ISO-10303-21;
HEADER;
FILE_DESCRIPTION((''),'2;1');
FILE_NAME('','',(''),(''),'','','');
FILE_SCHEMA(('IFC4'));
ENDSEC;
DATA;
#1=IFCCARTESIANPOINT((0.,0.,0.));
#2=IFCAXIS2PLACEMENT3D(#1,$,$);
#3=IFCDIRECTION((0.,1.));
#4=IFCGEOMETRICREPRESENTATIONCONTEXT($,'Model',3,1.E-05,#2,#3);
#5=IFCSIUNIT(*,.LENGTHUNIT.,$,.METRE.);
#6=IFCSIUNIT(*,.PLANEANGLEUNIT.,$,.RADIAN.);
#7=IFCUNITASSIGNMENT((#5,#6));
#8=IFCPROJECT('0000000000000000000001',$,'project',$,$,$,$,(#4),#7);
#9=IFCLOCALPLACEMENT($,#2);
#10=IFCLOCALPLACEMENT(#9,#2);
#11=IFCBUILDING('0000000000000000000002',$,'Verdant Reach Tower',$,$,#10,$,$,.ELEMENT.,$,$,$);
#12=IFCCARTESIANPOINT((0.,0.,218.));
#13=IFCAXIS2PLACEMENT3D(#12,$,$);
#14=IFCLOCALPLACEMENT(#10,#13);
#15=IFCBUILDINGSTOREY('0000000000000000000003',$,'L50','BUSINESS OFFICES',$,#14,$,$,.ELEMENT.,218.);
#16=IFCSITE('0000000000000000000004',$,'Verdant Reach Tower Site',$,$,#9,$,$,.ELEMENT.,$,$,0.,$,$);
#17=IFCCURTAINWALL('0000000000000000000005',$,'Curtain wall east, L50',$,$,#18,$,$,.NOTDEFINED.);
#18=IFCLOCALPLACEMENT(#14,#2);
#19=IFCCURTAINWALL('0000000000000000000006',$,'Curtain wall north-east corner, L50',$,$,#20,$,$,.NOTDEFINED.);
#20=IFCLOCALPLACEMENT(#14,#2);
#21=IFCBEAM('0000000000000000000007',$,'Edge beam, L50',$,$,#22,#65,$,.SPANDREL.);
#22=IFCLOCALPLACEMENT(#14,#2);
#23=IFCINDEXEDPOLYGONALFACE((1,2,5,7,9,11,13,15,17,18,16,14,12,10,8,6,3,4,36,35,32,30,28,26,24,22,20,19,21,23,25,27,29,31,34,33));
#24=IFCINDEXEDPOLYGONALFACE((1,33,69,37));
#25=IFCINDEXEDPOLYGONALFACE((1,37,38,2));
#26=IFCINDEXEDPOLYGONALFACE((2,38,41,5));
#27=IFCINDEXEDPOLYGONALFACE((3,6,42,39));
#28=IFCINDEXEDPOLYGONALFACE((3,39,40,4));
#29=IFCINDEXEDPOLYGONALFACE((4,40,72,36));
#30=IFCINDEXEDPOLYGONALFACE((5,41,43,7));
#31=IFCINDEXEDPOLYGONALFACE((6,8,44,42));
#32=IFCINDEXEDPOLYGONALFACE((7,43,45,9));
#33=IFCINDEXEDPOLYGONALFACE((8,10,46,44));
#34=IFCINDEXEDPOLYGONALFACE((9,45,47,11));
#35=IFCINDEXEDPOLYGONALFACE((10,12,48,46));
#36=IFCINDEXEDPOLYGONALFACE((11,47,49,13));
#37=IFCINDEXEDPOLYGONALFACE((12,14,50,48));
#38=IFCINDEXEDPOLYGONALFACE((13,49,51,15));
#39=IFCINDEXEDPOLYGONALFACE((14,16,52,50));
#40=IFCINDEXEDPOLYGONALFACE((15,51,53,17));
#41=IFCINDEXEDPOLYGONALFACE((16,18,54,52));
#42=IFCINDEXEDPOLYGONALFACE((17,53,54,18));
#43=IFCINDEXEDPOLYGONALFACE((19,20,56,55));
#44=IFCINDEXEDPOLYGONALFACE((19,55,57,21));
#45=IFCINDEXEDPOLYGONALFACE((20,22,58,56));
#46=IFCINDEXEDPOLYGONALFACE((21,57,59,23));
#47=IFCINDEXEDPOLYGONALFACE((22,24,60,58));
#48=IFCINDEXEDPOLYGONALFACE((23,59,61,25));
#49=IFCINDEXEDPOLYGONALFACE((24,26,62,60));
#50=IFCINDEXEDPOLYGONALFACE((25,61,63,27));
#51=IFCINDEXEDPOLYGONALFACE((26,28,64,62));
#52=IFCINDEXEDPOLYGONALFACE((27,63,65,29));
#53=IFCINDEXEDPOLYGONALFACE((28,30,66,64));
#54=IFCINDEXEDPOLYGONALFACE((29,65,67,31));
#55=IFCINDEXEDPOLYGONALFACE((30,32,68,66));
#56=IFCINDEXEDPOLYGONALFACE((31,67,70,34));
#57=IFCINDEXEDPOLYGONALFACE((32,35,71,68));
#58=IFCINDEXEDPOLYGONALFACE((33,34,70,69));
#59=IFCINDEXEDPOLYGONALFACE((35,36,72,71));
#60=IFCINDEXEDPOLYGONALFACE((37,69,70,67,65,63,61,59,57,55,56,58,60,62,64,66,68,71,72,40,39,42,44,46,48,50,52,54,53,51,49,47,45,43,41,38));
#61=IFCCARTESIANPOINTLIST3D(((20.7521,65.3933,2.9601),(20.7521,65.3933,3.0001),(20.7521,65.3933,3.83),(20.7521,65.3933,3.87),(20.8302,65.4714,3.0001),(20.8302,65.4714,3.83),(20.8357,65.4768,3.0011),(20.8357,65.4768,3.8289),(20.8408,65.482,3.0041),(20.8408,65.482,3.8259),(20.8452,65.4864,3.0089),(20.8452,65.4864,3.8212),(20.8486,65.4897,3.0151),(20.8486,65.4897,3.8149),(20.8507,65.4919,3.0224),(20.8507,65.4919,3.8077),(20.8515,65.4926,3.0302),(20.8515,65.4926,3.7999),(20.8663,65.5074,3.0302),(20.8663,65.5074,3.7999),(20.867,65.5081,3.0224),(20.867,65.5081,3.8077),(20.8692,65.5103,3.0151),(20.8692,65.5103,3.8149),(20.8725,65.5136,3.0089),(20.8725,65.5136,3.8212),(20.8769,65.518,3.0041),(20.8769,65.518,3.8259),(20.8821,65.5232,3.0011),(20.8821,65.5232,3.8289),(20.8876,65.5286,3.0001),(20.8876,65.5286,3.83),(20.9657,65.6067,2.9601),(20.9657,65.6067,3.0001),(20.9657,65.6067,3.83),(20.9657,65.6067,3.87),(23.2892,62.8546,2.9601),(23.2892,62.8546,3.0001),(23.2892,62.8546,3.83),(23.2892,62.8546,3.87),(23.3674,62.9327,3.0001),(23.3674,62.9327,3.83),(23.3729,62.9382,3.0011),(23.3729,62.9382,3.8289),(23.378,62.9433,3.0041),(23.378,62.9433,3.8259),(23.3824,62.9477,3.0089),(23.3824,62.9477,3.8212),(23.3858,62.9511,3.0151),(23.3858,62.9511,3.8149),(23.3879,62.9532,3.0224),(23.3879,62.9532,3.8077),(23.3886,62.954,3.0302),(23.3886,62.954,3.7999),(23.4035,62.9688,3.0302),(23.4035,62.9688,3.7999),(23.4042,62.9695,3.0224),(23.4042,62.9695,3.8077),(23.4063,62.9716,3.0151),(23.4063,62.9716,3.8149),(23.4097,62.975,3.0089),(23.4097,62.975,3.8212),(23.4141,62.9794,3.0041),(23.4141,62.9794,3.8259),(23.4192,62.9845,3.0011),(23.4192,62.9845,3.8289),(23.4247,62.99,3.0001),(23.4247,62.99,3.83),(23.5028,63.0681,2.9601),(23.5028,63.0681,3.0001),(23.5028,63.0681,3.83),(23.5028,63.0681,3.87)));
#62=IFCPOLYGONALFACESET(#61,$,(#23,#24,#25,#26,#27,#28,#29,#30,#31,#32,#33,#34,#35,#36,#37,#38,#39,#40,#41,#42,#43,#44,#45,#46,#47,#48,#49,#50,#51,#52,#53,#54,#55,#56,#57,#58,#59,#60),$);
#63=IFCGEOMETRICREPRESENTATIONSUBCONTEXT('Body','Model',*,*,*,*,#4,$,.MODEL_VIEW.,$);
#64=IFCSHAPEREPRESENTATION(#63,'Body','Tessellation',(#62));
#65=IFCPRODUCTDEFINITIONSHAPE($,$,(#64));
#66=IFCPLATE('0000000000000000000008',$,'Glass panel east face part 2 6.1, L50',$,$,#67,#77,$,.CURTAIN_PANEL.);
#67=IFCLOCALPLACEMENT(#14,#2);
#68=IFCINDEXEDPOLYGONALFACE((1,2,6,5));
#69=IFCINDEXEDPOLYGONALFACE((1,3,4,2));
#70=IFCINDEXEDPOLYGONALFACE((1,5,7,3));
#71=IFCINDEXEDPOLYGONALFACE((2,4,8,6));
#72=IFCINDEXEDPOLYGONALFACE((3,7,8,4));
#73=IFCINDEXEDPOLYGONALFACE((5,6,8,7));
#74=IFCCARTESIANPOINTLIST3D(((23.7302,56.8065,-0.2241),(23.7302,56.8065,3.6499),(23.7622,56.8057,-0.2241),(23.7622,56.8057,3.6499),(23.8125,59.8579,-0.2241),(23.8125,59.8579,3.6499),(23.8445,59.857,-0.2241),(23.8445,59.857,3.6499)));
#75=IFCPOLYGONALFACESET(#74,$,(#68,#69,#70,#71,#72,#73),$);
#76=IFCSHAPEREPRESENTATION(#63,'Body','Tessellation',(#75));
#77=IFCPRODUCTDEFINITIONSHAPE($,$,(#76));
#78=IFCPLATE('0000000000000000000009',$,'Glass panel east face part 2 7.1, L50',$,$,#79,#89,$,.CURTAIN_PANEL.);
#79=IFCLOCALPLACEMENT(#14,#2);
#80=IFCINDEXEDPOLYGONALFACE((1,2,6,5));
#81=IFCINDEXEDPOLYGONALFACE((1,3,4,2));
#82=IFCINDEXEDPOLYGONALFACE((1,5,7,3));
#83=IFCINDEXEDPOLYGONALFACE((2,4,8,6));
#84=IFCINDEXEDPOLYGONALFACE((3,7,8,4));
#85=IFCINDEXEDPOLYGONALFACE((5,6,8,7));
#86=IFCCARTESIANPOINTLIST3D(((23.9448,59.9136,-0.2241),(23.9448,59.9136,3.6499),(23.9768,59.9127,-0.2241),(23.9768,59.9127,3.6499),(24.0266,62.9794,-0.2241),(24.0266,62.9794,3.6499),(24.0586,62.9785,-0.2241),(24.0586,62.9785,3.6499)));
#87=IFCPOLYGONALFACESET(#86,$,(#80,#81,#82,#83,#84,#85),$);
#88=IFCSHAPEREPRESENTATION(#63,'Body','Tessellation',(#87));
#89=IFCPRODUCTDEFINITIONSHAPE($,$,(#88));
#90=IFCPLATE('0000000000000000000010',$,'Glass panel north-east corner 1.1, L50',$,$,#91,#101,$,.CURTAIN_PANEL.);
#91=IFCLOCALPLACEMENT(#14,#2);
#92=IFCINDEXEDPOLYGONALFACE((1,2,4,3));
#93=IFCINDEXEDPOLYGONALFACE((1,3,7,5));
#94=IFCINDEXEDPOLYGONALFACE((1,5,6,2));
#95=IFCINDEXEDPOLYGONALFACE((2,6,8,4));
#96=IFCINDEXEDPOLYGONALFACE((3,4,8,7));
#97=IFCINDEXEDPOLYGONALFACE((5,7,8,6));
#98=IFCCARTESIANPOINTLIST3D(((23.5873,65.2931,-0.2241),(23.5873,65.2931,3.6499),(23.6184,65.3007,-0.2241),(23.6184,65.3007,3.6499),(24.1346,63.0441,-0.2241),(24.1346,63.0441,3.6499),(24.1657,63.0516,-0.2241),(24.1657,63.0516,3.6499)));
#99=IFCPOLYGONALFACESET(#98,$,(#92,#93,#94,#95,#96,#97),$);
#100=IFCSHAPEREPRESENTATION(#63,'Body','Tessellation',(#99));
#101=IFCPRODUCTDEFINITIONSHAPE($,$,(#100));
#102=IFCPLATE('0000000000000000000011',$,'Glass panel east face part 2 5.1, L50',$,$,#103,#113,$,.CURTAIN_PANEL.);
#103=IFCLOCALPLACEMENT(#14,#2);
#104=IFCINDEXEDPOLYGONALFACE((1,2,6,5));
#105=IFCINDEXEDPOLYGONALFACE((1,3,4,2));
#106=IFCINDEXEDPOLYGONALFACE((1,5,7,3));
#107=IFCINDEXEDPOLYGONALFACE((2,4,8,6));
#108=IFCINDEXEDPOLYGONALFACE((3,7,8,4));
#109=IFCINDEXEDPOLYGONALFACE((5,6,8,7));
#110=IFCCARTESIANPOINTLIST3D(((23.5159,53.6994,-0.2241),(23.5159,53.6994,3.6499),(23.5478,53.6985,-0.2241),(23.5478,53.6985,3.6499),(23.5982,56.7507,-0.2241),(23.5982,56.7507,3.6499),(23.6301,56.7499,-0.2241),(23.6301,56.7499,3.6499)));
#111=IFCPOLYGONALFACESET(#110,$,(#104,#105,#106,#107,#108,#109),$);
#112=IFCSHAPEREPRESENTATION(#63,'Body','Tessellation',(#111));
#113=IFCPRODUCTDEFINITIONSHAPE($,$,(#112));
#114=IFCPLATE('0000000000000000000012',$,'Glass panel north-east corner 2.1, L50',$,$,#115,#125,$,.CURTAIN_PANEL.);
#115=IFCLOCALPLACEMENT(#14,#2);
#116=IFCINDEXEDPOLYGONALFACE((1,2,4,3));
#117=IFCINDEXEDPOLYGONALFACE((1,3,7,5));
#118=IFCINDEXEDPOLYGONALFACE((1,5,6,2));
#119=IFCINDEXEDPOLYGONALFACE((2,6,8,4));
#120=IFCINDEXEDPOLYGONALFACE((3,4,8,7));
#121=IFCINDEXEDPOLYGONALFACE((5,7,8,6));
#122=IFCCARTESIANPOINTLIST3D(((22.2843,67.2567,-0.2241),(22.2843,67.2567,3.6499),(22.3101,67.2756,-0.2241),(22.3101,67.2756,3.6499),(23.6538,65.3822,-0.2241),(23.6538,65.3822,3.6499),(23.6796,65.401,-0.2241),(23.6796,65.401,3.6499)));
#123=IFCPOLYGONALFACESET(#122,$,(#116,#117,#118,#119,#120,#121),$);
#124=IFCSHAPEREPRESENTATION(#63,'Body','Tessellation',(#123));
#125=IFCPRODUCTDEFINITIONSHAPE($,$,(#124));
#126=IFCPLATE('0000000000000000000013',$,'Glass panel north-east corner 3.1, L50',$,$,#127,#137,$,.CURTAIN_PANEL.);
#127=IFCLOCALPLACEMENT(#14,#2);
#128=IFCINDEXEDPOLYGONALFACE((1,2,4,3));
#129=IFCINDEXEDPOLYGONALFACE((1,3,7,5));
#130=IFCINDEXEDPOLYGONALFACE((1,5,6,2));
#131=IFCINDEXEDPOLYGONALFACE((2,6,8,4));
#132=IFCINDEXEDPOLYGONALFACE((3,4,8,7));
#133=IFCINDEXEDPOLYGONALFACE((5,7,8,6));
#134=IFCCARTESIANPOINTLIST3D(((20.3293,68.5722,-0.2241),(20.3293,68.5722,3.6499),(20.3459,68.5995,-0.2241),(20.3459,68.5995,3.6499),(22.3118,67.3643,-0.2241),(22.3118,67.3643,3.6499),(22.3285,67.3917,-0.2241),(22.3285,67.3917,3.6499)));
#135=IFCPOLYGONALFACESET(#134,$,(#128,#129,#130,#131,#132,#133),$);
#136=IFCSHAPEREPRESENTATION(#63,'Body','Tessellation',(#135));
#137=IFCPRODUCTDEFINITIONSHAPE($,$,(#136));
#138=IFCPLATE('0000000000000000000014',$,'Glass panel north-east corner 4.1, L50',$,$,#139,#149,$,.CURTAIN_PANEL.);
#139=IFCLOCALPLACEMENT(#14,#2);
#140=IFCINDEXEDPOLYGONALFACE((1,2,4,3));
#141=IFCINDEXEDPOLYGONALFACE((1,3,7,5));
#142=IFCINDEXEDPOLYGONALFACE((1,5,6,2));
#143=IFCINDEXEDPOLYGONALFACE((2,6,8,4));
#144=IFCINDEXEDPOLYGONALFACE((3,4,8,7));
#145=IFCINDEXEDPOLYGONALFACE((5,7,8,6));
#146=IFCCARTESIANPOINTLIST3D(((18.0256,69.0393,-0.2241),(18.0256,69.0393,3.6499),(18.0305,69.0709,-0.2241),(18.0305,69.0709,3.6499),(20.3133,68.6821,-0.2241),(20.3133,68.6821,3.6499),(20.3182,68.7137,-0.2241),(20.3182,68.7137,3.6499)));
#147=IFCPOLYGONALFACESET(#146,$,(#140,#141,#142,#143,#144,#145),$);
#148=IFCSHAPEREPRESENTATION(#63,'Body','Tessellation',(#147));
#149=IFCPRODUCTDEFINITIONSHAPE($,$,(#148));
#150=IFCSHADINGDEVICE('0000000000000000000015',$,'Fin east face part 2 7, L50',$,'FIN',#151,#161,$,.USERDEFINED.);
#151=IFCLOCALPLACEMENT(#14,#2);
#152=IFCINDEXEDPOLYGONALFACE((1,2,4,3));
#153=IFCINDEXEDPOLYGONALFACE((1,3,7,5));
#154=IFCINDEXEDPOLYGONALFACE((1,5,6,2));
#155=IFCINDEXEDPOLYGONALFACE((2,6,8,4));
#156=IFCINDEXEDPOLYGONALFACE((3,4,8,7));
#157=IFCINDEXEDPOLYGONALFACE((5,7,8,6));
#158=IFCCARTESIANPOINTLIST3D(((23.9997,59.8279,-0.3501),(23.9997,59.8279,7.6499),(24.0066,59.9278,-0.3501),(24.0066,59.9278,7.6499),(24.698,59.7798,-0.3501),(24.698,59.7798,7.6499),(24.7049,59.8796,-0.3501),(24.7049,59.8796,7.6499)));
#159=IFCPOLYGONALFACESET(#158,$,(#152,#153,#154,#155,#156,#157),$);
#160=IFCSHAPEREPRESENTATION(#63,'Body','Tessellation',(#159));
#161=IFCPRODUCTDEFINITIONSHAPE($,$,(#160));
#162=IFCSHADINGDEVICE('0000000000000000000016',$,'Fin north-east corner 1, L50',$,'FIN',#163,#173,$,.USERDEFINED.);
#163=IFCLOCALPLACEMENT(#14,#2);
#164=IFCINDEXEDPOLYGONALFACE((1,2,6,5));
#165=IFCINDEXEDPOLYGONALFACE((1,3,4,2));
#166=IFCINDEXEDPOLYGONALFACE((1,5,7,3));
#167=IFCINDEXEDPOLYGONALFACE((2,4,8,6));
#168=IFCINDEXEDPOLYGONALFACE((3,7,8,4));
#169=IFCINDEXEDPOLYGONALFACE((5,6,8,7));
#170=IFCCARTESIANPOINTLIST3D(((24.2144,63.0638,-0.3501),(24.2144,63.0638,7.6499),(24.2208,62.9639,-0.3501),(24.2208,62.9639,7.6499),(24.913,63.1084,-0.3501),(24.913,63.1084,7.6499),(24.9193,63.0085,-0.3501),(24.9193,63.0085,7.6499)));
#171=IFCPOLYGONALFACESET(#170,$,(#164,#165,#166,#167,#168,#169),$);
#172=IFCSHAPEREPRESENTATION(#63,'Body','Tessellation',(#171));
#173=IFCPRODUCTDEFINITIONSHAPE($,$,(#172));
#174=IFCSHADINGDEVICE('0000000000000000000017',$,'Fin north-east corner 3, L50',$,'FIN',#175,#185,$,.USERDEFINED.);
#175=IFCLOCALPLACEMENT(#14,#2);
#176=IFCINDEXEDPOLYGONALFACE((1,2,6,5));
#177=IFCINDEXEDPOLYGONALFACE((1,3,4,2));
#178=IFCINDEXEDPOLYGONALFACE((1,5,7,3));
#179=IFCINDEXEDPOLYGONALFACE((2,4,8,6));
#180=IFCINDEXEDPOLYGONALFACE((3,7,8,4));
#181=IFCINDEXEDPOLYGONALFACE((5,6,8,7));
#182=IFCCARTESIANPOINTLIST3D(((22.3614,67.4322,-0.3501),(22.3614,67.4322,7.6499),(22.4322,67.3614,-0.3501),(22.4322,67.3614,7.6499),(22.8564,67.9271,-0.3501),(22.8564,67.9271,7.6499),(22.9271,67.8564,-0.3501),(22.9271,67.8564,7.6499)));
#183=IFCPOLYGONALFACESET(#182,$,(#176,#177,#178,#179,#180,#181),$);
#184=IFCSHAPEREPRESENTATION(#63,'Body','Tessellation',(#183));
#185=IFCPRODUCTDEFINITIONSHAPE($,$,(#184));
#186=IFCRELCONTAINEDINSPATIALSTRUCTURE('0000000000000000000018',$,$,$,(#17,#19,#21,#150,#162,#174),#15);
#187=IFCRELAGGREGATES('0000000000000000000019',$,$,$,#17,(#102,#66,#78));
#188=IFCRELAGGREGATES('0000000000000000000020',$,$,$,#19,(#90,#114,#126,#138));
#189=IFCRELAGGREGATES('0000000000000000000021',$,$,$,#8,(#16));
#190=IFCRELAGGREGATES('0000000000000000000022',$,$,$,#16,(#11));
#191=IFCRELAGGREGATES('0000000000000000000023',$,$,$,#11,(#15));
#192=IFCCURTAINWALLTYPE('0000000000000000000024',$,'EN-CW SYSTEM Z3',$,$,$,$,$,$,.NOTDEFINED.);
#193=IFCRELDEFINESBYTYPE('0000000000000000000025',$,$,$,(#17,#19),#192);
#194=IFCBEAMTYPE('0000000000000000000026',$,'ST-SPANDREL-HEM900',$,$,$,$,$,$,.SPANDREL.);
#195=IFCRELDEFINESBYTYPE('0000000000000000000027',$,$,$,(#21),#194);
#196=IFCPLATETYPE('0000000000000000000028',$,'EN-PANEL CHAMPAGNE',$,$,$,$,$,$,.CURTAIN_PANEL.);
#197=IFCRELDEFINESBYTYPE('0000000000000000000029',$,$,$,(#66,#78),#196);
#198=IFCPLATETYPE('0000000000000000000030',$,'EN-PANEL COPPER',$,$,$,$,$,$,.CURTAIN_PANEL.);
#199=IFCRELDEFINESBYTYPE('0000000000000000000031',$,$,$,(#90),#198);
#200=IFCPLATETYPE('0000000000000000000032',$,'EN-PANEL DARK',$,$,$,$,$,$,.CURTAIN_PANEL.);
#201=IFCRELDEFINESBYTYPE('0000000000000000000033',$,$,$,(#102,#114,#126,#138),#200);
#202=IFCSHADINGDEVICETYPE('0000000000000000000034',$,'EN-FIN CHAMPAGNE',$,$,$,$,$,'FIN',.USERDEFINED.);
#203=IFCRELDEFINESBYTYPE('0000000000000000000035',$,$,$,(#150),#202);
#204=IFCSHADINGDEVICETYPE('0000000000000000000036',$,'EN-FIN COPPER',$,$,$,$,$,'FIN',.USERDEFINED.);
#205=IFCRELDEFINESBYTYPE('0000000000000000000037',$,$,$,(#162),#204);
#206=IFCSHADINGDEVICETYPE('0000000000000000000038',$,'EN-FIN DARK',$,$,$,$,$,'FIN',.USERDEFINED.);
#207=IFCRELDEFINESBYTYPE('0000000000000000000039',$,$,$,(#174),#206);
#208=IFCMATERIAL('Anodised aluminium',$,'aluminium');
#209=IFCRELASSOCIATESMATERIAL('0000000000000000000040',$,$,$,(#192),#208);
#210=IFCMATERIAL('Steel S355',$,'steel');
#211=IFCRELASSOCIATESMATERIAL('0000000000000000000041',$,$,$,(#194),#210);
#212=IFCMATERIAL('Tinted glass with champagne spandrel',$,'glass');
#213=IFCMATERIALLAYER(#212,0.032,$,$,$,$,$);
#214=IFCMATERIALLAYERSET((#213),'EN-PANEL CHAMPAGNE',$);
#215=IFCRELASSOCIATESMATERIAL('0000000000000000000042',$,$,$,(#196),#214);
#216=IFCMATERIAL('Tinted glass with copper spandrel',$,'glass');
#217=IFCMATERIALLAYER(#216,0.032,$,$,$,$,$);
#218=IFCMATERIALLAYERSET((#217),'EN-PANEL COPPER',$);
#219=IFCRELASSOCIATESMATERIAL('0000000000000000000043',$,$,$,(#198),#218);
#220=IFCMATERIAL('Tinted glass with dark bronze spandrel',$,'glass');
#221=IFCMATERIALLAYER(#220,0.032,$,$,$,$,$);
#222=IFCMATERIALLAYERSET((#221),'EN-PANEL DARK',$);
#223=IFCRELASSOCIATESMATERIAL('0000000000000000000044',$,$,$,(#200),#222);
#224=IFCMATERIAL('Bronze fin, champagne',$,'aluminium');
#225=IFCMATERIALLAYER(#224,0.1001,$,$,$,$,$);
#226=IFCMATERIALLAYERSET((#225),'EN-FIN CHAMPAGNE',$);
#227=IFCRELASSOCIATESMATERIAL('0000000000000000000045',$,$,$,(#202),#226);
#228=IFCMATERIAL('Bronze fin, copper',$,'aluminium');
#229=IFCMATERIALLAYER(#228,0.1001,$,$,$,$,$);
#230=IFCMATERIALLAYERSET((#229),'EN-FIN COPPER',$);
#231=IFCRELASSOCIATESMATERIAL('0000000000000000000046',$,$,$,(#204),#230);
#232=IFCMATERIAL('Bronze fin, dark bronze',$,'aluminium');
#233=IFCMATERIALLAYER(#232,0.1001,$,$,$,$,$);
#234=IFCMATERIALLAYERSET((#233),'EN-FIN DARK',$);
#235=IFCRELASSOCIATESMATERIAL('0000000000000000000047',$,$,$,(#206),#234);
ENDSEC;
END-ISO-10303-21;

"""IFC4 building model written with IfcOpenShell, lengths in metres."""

from ifc_helpers import new_model, si_unit, direction, frame, origin, origin_2d, place, context, subcontext, project, spatial, rectangle, i_section, extrude, material, layer, layer_set, material_profile, profile_set, type_object, element, aggregate, save


model = new_model("IFC4")

# Units and contexts
model_context = context("Model", 3, precision=1e-05, world=origin(), true_north=direction((0.0, 1.0)))
body_context = subcontext(model_context, "Body", "Model", "MODEL_VIEW")
ifc_project = project(units=[si_unit("LENGTHUNIT", "METRE"), si_unit("PLANEANGLEUNIT", "RADIAN")], contexts=[model_context])

# Site, building, storey
site_placement = place(None, origin())
site = spatial("IfcSite", under=ifc_project, at=site_placement, Name="Verdant Reach Tower Site", CompositionType="ELEMENT", RefElevation=0.0)
building_placement = place(site_placement, origin())
building = spatial("IfcBuilding", under=site, at=building_placement, Name="Verdant Reach Tower", CompositionType="ELEMENT")
storey_placement = place(building_placement, frame((0.0, 0.0, 218.0)))
storey = spatial("IfcBuildingStorey", under=building, at=storey_placement, Name="L50", Description="BUSINESS OFFICES", CompositionType="ELEMENT", Elevation=218.0)

# Curtain walls
ifc_material_1 = material(Name="Anodised aluminium", Category="aluminium")
curtain_wall_type = type_object("IfcCurtainWallType", Name="EN-CW SYSTEM Z3", PredefinedType="NOTDEFINED", material=ifc_material_1)
curtain_wall_1_placement = place(storey_placement, origin())
curtain_wall_1 = element("IfcCurtainWall", 1, at=curtain_wall_1_placement, inside=storey, type_object=curtain_wall_type, Name="Curtain wall east, L50", PredefinedType="NOTDEFINED")
curtain_wall_2_placement = place(storey_placement, origin())
curtain_wall_2 = element("IfcCurtainWall", 2, at=curtain_wall_2_placement, inside=storey, type_object=curtain_wall_type, Name="Curtain wall north-east corner, L50", PredefinedType="NOTDEFINED")

# Beam
ifc_material_2 = material(Name="Steel S355", Category="steel")
ifc_material_profile_1 = material_profile(ifc_material_2, i_section(OverallWidth=0.302, OverallDepth=0.9099, WebThickness=0.021, FlangeThickness=0.04, FilletRadius=0.03, at=origin_2d()), Name="HEM 900")
ifc_profile_set_1 = profile_set([ifc_material_profile_1], Name="Steel S355")
beam_type_1 = type_object("IfcBeamType", Name="ST-SPANDREL-HEM900", PredefinedType="SPANDREL", material=ifc_profile_set_1)
beam_1_placement = place(storey_placement, frame((20.8589, 65.5, 3.415), z_axis=(0.706903, -0.707311, 0.0), x_axis=(0.707311, 0.706903, 0.0)))
element("IfcBeam", 3, at=beam_1_placement, inside=storey, type_object=beam_type_1, Name="Edge beam, L50", PredefinedType="SPANDREL", context=body_context, shape_type="SweptSolid", body=[
    extrude(i_section(OverallWidth=0.302, OverallDepth=0.9099, WebThickness=0.021, FlangeThickness=0.04, FilletRadius=0.03, at=origin_2d()), origin(), (0.0, 0.0, 1.0), 3.5891),
])

# Plates
ifc_material_3 = material(Name="Tinted glass with champagne spandrel", Category="glass")
ifc_layer_1 = layer(ifc_material_3, 0.032)
ifc_layer_set_1 = layer_set([ifc_layer_1], Name="EN-PANEL CHAMPAGNE")
plate_type_1 = type_object("IfcPlateType", Name="EN-PANEL CHAMPAGNE", PredefinedType="CURTAIN_PANEL", material=ifc_layer_set_1)
plate_1_placement = place(storey_placement, frame((23.7874, 58.3318, -0.2241), z_axis=(0.0, 0.0, 1.0), x_axis=(0.026965, 0.999636, 0.0)))
plate_1 = element("IfcPlate", 4, at=plate_1_placement, type_object=plate_type_1, Name="Glass panel east face part 2 6.1, L50", PredefinedType="CURTAIN_PANEL", context=body_context, shape_type="SweptSolid", body=[
    extrude(rectangle(XDim=3.0525, YDim=0.032, at=origin_2d()), origin(), (0.0, 0.0, 1.0), 3.874),
])
plate_2_placement = place(storey_placement, frame((24.0017, 61.446, -0.2241), z_axis=(0.0, 0.0, 1.0), x_axis=(0.02666, 0.999645, 0.0)))
plate_2 = element("IfcPlate", 5, at=plate_2_placement, type_object=plate_type_1, Name="Glass panel east face part 2 7.1, L50", PredefinedType="CURTAIN_PANEL", context=body_context, shape_type="SweptSolid", body=[
    extrude(rectangle(XDim=3.0669, YDim=0.032, at=origin_2d()), origin(), (0.0, 0.0, 1.0), 3.874),
])
ifc_material_4 = material(Name="Tinted glass with copper spandrel", Category="glass")
ifc_layer_2 = layer(ifc_material_4, 0.032)
ifc_layer_set_2 = layer_set([ifc_layer_2], Name="EN-PANEL COPPER")
plate_type_2 = type_object("IfcPlateType", Name="EN-PANEL COPPER", PredefinedType="CURTAIN_PANEL", material=ifc_layer_set_2)
plate_3_placement = place(storey_placement, frame((23.8765, 64.1724, -0.2241), z_axis=(0.0, 0.0, 1.0), x_axis=(-0.236446, 0.971645, 0.0)))
plate_3 = element("IfcPlate", 6, at=plate_3_placement, type_object=plate_type_2, Name="Glass panel north-east corner 1.1, L50", PredefinedType="CURTAIN_PANEL", context=body_context, shape_type="SweptSolid", body=[
    extrude(rectangle(XDim=2.3147, YDim=0.032, at=origin_2d()), origin(), (0.0, 0.0, 1.0), 3.874),
])
ifc_material_5 = material(Name="Tinted glass with dark bronze spandrel", Category="glass")
ifc_layer_3 = layer(ifc_material_5, 0.032)
ifc_layer_set_3 = layer_set([ifc_layer_3], Name="EN-PANEL DARK")
plate_type_3 = type_object("IfcPlateType", Name="EN-PANEL DARK", PredefinedType="CURTAIN_PANEL", material=ifc_layer_set_3)
plate_4_placement = place(storey_placement, frame((23.573, 55.2246, -0.2241), z_axis=(0.0, 0.0, 1.0), x_axis=(0.026965, 0.999636, 0.0)))
plate_4 = element("IfcPlate", 7, at=plate_4_placement, type_object=plate_type_3, Name="Glass panel east face part 2 5.1, L50", PredefinedType="CURTAIN_PANEL", context=body_context, shape_type="SweptSolid", body=[
    extrude(rectangle(XDim=3.0525, YDim=0.032, at=origin_2d()), origin(), (0.0, 0.0, 1.0), 3.874),
])
aggregate(curtain_wall_1, [plate_4, plate_1, plate_2])
plate_5_placement = place(storey_placement, frame((22.9819, 66.3289, -0.2241), z_axis=(0.0, 0.0, 1.0), x_axis=(-0.589927, 0.807457, 0.0)))
plate_5 = element("IfcPlate", 8, at=plate_5_placement, type_object=plate_type_3, Name="Glass panel north-east corner 2.1, L50", PredefinedType="CURTAIN_PANEL", context=body_context, shape_type="SweptSolid", body=[
    extrude(rectangle(XDim=2.3215, YDim=0.032, at=origin_2d()), origin(), (0.0, 0.0, 1.0), 3.874),
])
plate_6_placement = place(storey_placement, frame((21.3289, 67.9819, -0.2241), z_axis=(0.0, 0.0, 1.0), x_axis=(-0.853989, 0.520292, 0.0)))
plate_6 = element("IfcPlate", 9, at=plate_6_placement, type_object=plate_type_3, Name="Glass panel north-east corner 3.1, L50", PredefinedType="CURTAIN_PANEL", context=body_context, shape_type="SweptSolid", body=[
    extrude(rectangle(XDim=2.3215, YDim=0.032, at=origin_2d()), origin(), (0.0, 0.0, 1.0), 3.874),
])
plate_7_placement = place(storey_placement, frame((19.1719, 68.8765, -0.2241), z_axis=(0.0, 0.0, 1.0), x_axis=(-0.988029, 0.154268, 0.0)))
plate_7 = element("IfcPlate", 10, at=plate_7_placement, type_object=plate_type_3, Name="Glass panel north-east corner 4.1, L50", PredefinedType="CURTAIN_PANEL", context=body_context, shape_type="SweptSolid", body=[
    extrude(rectangle(XDim=2.3154, YDim=0.032, at=origin_2d()), origin(), (0.0, 0.0, 1.0), 3.874),
])
aggregate(curtain_wall_2, [plate_3, plate_5, plate_6, plate_7])

# Shading devices
ifc_material_6 = material(Name="Bronze fin, champagne", Category="aluminium")
ifc_layer_4 = layer(ifc_material_6, 0.1001)
ifc_layer_set_4 = layer_set([ifc_layer_4], Name="EN-FIN CHAMPAGNE")
shading_device_type_1 = type_object("IfcShadingDeviceType", Name="EN-FIN CHAMPAGNE", ElementType="FIN", PredefinedType="USERDEFINED", material=ifc_layer_set_4)
shading_device_1_placement = place(storey_placement, frame((24.3523, 59.8538, -0.3501), z_axis=(0.0, 0.0, 1.0), x_axis=(0.068802, 0.99763, 0.0)))
element("IfcShadingDevice", 11, at=shading_device_1_placement, inside=storey, type_object=shading_device_type_1, Name="Fin east face part 2 7, L50", ObjectType="FIN", PredefinedType="USERDEFINED", context=body_context, shape_type="SweptSolid", body=[
    extrude(rectangle(XDim=0.1001, YDim=0.7, at=origin_2d()), origin(), (0.0, 0.0, 1.0), 8.0),
])
ifc_material_7 = material(Name="Bronze fin, copper", Category="aluminium")
ifc_layer_5 = layer(ifc_material_7, 0.1001)
ifc_layer_set_5 = layer_set([ifc_layer_5], Name="EN-FIN COPPER")
shading_device_type_2 = type_object("IfcShadingDeviceType", Name="EN-FIN COPPER", ElementType="FIN", PredefinedType="USERDEFINED", material=ifc_layer_set_5)
shading_device_2_placement = place(storey_placement, frame((24.5669, 63.0361, -0.3501), z_axis=(0.0, 0.0, 1.0), x_axis=(-0.063699, 0.997969, 0.0)))
element("IfcShadingDevice", 12, at=shading_device_2_placement, inside=storey, type_object=shading_device_type_2, Name="Fin north-east corner 1, L50", ObjectType="FIN", PredefinedType="USERDEFINED", context=body_context, shape_type="SweptSolid", body=[
    extrude(rectangle(XDim=0.1001, YDim=0.7, at=origin_2d()), origin(), (0.0, 0.0, 1.0), 8.0),
])
ifc_material_8 = material(Name="Bronze fin, dark bronze", Category="aluminium")
ifc_layer_6 = layer(ifc_material_8, 0.1001)
ifc_layer_set_6 = layer_set([ifc_layer_6], Name="EN-FIN DARK")
shading_device_type_3 = type_object("IfcShadingDeviceType", Name="EN-FIN DARK", ElementType="FIN", PredefinedType="USERDEFINED", material=ifc_layer_set_6)
for number, where, z_axis, x_axis, name in (
    (13, (22.6443, 67.6443, -0.3501), (0.0, 0.0, 1.0), (-0.707107, 0.707107, 0.0), "Fin north-east corner 3, L50"),
):
    element("IfcShadingDevice", number, at=place(storey_placement, frame(where, z_axis=z_axis, x_axis=x_axis)), inside=storey, type_object=shading_device_type_3, Name=name, ObjectType="FIN", PredefinedType="USERDEFINED", context=body_context, shape_type="SweptSolid", body=[
        extrude(rectangle(XDim=0.1001, YDim=0.7, at=origin_2d()), origin(), (0.0, 0.0, 1.0), 8.0),
    ])

save(model, "model.ifc")
